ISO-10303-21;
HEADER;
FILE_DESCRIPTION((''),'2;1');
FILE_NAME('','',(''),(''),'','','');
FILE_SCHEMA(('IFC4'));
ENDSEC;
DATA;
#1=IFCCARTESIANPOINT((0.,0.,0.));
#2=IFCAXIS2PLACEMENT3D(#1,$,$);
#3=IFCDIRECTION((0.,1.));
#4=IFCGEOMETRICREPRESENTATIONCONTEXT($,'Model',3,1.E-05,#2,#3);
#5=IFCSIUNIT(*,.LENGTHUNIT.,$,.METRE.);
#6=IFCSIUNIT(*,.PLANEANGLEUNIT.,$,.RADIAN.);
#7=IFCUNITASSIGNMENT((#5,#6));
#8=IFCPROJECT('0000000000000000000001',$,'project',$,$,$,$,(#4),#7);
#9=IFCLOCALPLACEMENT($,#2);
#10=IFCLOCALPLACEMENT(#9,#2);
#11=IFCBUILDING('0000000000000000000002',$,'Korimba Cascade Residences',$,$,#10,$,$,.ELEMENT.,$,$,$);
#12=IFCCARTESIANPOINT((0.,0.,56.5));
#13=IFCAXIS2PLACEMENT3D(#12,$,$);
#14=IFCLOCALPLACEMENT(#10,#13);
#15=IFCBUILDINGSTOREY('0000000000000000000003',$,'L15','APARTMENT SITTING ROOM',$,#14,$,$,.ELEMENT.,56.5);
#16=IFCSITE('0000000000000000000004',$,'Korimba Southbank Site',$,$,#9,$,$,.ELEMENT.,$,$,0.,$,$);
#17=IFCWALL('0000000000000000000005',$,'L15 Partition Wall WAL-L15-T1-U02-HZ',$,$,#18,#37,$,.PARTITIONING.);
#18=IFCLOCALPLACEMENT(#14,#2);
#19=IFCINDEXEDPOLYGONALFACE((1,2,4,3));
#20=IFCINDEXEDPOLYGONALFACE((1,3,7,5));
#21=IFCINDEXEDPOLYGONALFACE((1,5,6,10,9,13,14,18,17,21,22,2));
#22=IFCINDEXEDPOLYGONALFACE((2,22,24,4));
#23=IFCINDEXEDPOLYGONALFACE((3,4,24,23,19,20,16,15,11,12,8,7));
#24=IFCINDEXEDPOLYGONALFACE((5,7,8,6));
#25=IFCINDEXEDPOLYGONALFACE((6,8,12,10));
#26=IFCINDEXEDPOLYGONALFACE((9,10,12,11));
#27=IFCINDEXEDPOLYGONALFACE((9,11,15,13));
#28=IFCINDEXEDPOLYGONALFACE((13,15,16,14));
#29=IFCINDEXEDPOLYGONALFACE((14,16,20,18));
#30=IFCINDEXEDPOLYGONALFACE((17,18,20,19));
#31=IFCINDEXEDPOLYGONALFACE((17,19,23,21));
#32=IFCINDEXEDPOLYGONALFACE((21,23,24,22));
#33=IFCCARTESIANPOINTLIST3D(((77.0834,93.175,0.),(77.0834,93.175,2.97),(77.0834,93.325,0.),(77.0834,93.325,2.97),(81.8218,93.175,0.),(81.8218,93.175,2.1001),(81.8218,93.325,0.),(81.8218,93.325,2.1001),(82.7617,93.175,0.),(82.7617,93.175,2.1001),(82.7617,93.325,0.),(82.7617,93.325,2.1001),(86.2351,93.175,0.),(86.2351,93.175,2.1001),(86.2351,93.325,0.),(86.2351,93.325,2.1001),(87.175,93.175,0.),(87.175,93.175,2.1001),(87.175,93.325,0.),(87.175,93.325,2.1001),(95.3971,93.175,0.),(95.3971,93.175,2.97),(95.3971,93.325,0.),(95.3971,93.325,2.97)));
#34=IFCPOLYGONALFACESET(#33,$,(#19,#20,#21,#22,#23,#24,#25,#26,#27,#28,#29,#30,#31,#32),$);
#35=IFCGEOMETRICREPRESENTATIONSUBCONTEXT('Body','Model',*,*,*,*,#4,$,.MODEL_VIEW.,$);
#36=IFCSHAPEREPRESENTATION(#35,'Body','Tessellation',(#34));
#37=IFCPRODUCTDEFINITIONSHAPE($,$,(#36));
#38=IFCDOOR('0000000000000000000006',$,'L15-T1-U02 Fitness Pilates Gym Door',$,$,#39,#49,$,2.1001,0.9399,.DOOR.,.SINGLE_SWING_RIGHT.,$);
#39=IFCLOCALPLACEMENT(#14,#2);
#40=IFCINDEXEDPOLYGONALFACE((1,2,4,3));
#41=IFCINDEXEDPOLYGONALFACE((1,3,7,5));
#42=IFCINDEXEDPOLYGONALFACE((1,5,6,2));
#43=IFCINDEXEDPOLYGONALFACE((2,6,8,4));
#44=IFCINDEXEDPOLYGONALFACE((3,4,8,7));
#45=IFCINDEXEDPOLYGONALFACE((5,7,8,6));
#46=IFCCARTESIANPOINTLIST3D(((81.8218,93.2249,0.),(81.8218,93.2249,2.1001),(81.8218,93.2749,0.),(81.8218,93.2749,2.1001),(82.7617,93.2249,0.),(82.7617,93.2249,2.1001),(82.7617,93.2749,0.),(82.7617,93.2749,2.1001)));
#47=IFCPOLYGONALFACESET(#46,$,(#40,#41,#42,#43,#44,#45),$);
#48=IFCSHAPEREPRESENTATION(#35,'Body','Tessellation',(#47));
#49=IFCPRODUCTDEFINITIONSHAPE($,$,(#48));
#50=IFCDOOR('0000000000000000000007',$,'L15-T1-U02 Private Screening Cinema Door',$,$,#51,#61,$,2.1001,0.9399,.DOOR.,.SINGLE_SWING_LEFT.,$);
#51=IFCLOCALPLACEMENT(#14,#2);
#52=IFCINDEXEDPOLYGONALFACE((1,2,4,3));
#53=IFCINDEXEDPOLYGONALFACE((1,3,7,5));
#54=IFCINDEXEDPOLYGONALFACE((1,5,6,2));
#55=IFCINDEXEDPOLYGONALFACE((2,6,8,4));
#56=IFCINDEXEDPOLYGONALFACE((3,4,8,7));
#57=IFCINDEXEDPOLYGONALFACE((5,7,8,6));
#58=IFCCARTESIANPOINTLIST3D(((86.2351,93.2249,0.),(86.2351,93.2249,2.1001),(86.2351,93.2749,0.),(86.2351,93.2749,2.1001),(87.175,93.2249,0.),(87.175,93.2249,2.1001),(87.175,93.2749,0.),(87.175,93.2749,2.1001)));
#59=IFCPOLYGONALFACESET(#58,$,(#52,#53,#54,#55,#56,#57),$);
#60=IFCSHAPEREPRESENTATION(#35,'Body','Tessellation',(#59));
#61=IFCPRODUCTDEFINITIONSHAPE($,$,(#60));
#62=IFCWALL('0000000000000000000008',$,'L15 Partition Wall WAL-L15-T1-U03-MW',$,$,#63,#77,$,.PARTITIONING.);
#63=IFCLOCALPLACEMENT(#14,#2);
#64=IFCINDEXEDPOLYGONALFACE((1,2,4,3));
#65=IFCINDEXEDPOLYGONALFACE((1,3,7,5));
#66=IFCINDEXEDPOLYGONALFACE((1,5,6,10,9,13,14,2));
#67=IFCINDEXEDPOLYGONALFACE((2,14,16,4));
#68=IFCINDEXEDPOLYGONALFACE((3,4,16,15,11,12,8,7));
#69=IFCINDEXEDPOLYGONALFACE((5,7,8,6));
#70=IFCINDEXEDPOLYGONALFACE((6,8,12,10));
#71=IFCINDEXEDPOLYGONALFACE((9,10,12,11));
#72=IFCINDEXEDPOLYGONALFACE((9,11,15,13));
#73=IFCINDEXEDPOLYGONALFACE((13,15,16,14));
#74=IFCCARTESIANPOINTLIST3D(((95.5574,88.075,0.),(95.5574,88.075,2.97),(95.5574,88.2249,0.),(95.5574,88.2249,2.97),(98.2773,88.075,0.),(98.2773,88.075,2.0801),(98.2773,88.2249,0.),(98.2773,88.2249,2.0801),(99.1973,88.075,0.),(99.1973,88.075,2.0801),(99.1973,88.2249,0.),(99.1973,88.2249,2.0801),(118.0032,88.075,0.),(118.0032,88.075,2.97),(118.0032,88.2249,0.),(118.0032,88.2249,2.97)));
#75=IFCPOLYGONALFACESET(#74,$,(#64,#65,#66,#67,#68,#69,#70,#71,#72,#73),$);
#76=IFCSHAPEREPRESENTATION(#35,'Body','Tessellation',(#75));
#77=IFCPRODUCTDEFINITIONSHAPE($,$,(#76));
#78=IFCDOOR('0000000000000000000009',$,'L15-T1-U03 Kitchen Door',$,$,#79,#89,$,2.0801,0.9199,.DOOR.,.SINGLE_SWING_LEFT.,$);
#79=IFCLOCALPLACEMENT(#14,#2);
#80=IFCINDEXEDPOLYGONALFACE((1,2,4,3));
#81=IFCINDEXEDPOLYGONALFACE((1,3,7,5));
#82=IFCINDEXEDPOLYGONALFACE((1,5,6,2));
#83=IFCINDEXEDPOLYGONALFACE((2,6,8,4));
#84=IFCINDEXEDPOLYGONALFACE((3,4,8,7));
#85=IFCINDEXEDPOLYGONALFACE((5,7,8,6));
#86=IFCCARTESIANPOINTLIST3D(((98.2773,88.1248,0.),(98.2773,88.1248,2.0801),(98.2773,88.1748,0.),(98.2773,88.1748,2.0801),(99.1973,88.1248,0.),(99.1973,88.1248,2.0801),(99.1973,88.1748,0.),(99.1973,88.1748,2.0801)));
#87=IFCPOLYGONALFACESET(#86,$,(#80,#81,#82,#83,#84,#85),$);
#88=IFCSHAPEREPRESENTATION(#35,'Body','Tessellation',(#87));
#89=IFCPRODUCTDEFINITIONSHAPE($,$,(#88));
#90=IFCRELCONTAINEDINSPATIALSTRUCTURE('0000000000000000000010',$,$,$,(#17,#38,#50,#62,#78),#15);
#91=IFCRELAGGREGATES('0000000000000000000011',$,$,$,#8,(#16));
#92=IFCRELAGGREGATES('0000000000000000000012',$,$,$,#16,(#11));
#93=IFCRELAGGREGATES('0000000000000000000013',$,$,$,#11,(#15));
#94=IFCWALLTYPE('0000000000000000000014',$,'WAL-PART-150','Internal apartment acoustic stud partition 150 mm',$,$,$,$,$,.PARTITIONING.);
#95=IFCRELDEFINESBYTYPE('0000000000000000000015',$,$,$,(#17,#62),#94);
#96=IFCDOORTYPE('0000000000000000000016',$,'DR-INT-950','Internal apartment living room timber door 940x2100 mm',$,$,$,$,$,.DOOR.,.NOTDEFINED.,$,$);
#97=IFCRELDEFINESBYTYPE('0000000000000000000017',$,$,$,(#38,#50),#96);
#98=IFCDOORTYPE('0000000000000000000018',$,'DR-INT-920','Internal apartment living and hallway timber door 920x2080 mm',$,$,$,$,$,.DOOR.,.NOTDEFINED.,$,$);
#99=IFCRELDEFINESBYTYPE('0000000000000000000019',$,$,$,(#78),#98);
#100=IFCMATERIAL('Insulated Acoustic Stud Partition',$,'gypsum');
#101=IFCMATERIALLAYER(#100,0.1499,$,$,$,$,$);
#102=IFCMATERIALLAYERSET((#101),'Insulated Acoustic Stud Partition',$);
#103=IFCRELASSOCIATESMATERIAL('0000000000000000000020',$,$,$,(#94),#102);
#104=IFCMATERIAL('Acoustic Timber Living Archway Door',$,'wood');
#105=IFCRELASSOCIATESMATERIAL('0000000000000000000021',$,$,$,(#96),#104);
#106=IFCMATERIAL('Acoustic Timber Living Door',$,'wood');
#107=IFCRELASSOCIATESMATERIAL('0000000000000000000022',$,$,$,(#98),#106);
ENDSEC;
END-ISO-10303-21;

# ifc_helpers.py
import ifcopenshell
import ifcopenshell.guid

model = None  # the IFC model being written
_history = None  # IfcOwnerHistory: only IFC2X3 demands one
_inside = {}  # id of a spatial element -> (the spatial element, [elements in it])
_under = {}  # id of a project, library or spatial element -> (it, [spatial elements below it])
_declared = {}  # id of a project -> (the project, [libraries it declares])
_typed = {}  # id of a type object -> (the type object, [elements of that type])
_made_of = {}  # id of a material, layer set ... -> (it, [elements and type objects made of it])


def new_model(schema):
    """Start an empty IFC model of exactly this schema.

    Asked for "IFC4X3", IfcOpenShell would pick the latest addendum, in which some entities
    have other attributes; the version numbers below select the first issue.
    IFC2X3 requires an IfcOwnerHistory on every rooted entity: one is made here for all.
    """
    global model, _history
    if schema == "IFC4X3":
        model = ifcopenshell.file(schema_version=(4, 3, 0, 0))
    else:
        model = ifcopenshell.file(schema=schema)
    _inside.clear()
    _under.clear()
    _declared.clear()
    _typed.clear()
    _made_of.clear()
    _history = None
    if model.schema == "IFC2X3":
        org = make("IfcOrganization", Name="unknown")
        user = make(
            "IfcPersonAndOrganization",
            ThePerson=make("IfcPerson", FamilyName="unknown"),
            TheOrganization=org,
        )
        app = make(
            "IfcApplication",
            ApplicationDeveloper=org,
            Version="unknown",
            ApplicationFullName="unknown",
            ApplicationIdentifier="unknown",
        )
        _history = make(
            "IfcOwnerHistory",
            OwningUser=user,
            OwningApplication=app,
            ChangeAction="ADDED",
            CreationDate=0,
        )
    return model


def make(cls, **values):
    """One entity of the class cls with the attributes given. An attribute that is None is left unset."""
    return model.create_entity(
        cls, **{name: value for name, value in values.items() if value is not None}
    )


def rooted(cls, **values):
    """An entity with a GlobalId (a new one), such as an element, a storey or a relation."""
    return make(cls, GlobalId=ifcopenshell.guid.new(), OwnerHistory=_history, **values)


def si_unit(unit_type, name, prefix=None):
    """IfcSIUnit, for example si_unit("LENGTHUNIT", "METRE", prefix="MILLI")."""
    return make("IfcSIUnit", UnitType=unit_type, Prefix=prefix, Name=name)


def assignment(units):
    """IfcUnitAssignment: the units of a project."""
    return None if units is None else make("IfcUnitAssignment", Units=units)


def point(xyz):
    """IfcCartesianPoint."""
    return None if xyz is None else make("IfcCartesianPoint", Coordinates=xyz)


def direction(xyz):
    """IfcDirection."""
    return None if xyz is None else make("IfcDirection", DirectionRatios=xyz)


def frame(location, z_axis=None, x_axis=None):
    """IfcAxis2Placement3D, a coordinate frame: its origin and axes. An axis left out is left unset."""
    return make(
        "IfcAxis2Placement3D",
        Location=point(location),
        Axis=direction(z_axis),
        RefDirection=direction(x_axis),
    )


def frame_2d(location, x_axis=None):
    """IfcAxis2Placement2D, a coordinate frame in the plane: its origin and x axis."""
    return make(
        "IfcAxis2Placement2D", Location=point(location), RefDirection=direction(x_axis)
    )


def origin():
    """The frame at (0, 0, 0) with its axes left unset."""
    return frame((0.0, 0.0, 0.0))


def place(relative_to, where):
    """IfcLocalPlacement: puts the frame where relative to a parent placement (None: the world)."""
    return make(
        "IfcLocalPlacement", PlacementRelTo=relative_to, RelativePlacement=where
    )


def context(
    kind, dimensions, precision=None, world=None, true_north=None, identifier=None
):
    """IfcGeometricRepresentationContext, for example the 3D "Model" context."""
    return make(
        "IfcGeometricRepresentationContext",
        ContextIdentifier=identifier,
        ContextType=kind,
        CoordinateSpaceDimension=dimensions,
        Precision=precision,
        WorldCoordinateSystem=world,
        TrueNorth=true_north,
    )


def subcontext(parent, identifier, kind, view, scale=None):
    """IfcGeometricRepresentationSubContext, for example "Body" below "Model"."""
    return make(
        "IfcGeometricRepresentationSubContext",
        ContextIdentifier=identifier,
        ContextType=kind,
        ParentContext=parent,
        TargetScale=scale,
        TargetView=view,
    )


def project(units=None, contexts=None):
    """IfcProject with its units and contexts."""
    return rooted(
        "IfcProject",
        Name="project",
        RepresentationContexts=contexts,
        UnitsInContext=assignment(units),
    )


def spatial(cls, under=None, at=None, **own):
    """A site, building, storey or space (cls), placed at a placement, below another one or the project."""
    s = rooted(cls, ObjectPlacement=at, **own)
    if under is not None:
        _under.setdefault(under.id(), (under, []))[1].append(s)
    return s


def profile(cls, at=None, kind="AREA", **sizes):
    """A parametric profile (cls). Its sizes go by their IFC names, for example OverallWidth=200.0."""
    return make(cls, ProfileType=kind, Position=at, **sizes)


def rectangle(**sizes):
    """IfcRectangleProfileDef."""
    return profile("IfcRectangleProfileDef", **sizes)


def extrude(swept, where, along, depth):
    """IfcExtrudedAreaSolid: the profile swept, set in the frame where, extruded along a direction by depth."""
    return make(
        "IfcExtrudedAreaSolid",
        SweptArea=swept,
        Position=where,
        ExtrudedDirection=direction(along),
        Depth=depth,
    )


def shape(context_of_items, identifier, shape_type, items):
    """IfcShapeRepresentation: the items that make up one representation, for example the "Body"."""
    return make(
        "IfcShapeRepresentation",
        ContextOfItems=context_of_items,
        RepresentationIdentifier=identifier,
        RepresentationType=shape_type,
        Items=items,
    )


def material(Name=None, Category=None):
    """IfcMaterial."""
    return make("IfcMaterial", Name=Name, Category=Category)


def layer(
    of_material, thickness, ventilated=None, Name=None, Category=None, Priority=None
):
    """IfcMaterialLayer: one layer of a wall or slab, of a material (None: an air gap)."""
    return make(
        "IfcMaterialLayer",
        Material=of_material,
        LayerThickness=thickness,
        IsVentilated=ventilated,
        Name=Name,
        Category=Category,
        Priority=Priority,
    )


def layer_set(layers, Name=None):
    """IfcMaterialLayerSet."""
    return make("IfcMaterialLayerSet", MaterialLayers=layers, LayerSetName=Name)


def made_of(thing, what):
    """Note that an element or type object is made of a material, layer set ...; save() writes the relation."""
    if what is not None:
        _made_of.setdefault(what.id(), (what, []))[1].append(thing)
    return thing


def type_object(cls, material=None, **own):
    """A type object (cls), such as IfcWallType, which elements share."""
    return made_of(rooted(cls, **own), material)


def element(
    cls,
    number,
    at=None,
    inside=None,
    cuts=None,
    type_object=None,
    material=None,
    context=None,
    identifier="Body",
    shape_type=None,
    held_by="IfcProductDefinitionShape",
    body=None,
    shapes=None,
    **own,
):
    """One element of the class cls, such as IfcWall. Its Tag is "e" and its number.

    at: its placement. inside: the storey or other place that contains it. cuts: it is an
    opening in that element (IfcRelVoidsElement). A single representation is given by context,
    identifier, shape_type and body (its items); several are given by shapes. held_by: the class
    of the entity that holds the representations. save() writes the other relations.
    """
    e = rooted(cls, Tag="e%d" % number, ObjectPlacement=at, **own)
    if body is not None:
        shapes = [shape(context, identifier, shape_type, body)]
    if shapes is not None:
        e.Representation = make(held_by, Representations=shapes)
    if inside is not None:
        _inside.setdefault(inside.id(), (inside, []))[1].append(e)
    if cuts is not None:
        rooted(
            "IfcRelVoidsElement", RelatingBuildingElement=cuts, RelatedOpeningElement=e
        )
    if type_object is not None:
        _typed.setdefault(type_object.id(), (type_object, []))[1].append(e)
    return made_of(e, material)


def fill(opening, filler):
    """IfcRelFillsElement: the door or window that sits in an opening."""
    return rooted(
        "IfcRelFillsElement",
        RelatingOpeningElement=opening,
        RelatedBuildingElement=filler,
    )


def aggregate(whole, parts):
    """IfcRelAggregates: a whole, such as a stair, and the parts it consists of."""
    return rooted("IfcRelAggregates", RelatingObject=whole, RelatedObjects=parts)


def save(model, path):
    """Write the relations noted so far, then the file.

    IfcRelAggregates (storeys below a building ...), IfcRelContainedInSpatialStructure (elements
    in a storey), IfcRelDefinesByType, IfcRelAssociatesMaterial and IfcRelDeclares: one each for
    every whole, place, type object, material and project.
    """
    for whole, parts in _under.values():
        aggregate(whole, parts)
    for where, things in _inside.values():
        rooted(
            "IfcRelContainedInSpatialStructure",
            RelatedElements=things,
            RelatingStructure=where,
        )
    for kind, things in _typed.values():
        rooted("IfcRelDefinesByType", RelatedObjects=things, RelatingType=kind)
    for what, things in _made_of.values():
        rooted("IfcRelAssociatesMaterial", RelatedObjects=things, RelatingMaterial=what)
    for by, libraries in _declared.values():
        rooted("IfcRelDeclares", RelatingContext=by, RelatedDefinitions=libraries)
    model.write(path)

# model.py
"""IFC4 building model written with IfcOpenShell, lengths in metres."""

from ifc_helpers import new_model, si_unit, direction, frame, frame_2d, origin, place, context, subcontext, project, spatial, rectangle, extrude, material, layer, layer_set, type_object, element, fill, save


model = new_model("IFC4")

# Units and contexts
model_context = context("Model", 3, precision=1e-05, world=origin(), true_north=direction((0.0, 1.0)))
body_context = subcontext(model_context, "Body", "Model", "MODEL_VIEW")
ifc_project = project(units=[si_unit("LENGTHUNIT", "METRE"), si_unit("PLANEANGLEUNIT", "RADIAN")], contexts=[model_context])

# Site, building, storey
site_placement = place(None, origin())
site = spatial("IfcSite", under=ifc_project, at=site_placement, Name="Korimba Southbank Site", CompositionType="ELEMENT", RefElevation=0.0)
building_placement = place(site_placement, origin())
building = spatial("IfcBuilding", under=site, at=building_placement, Name="Korimba Cascade Residences", CompositionType="ELEMENT")
storey_placement = place(building_placement, frame((0.0, 0.0, 56.5)))
storey = spatial("IfcBuildingStorey", under=building, at=storey_placement, Name="L15", Description="APARTMENT SITTING ROOM", CompositionType="ELEMENT", Elevation=56.5)

# Shared definitions
ifc_material_1 = material(Name="Insulated Acoustic Stud Partition", Category="gypsum")
ifc_layer = layer(ifc_material_1, 0.1499)
ifc_layer_set = layer_set([ifc_layer], Name="Insulated Acoustic Stud Partition")
wall_type = type_object("IfcWallType", Name="WAL-PART-150", Description="Internal apartment acoustic stud partition 150 mm", PredefinedType="PARTITIONING", material=ifc_layer_set)

# Wall, openings, doors
wall_1_placement = place(storey_placement, frame((77.0835, 93.25, 0.0), z_axis=(0.0, 0.0, 1.0), x_axis=(1.0, 0.0, 0.0)))
wall_1 = element("IfcWall", 1, at=wall_1_placement, inside=storey, type_object=wall_type, Name="L15 Partition Wall WAL-L15-T1-U02-HZ", PredefinedType="PARTITIONING", context=body_context, shape_type="SweptSolid", body=[
    extrude(rectangle(XDim=18.3137, YDim=0.1499, at=frame_2d((9.1567, 0.0))), origin(), (0.0, 0.0, 1.0), 2.97),
])
opening_1_placement = place(wall_1_placement, frame((4.7383, 0.0, 0.0)))
opening_1 = element("IfcOpeningElement", 2, at=opening_1_placement, cuts=wall_1, PredefinedType="OPENING", context=body_context, shape_type="SweptSolid", body=[
    extrude(rectangle(XDim=0.9399, YDim=2.1001, at=frame_2d((0.47, 1.05))), frame((0.0, 0.085, 0.0), z_axis=(0.0, -1.0, 0.0), x_axis=(1.0, 0.0, 0.0)), (0.0, 0.0, 1.0), 0.1699),
])
opening_2_placement = place(wall_1_placement, frame((9.1516, 0.0, 0.0)))
opening_2 = element("IfcOpeningElement", 3, at=opening_2_placement, cuts=wall_1, PredefinedType="OPENING", context=body_context, shape_type="SweptSolid", body=[
    extrude(rectangle(XDim=0.9399, YDim=2.1001, at=frame_2d((0.47, 1.05))), frame((0.0, 0.085, 0.0), z_axis=(0.0, -1.0, 0.0), x_axis=(1.0, 0.0, 0.0)), (0.0, 0.0, 1.0), 0.1699),
])
ifc_material_2 = material(Name="Acoustic Timber Living Archway Door", Category="wood")
door_type_1 = type_object("IfcDoorType", Name="DR-INT-950", Description="Internal apartment living room timber door 940x2100 mm", OperationType="NOTDEFINED", PredefinedType="DOOR", material=ifc_material_2)
door_1_placement = place(opening_1_placement, origin())
door_1 = element("IfcDoor", 4, at=door_1_placement, inside=storey, type_object=door_type_1, Name="L15-T1-U02 Fitness Pilates Gym Door", OperationType="SINGLE_SWING_RIGHT", OverallHeight=2.1001, OverallWidth=0.9399, PredefinedType="DOOR", context=body_context, shape_type="SweptSolid", body=[
    extrude(rectangle(XDim=0.9399, YDim=2.1001, at=frame_2d((0.47, 1.05))), frame((0.0, 0.0249, 0.0), z_axis=(0.0, -1.0, 0.0), x_axis=(1.0, 0.0, 0.0)), (0.0, 0.0, 1.0), 0.05),
])
fill(opening_1, door_1)
door_2_placement = place(opening_2_placement, origin())
door_2 = element("IfcDoor", 5, at=door_2_placement, inside=storey, type_object=door_type_1, Name="L15-T1-U02 Private Screening Cinema Door", OperationType="SINGLE_SWING_LEFT", OverallHeight=2.1001, OverallWidth=0.9399, PredefinedType="DOOR", context=body_context, shape_type="SweptSolid", body=[
    extrude(rectangle(XDim=0.9399, YDim=2.1001, at=frame_2d((0.47, 1.05))), frame((0.0, 0.0249, 0.0), z_axis=(0.0, -1.0, 0.0), x_axis=(1.0, 0.0, 0.0)), (0.0, 0.0, 1.0), 0.05),
])
fill(opening_2, door_2)

# Wall, opening, door
wall_2_placement = place(storey_placement, frame((95.5574, 88.1499, 0.0), z_axis=(0.0, 0.0, 1.0), x_axis=(1.0, 0.0, 0.0)))
wall_2 = element("IfcWall", 6, at=wall_2_placement, inside=storey, type_object=wall_type, Name="L15 Partition Wall WAL-L15-T1-U03-MW", PredefinedType="PARTITIONING", context=body_context, shape_type="SweptSolid", body=[
    extrude(rectangle(XDim=22.4458, YDim=0.1499, at=frame_2d((11.2229, 0.0))), origin(), (0.0, 0.0, 1.0), 2.97),
])
opening_3_placement = place(wall_2_placement, frame((2.72, 0.0, 0.0)))
opening_3 = element("IfcOpeningElement", 7, at=opening_3_placement, cuts=wall_2, PredefinedType="OPENING", context=body_context, shape_type="SweptSolid", body=[
    extrude(rectangle(XDim=0.9199, YDim=2.0801, at=frame_2d((0.46, 1.04))), frame((0.0, 0.085, 0.0), z_axis=(0.0, -1.0, 0.0), x_axis=(1.0, 0.0, 0.0)), (0.0, 0.0, 1.0), 0.1699),
])
ifc_material_3 = material(Name="Acoustic Timber Living Door", Category="wood")
door_type_2 = type_object("IfcDoorType", Name="DR-INT-920", Description="Internal apartment living and hallway timber door 920x2080 mm", OperationType="NOTDEFINED", PredefinedType="DOOR", material=ifc_material_3)
door_3_placement = place(opening_3_placement, origin())
door_3 = element("IfcDoor", 8, at=door_3_placement, inside=storey, type_object=door_type_2, Name="L15-T1-U03 Kitchen Door", OperationType="SINGLE_SWING_LEFT", OverallHeight=2.0801, OverallWidth=0.9199, PredefinedType="DOOR", context=body_context, shape_type="SweptSolid", body=[
    extrude(rectangle(XDim=0.9199, YDim=2.0801, at=frame_2d((0.46, 1.04))), frame((0.0, 0.0249, 0.0), z_axis=(0.0, -1.0, 0.0), x_axis=(1.0, 0.0, 0.0)), (0.0, 0.0, 1.0), 0.05),
])
fill(opening_3, door_3)

save(model, "model.ifc")
